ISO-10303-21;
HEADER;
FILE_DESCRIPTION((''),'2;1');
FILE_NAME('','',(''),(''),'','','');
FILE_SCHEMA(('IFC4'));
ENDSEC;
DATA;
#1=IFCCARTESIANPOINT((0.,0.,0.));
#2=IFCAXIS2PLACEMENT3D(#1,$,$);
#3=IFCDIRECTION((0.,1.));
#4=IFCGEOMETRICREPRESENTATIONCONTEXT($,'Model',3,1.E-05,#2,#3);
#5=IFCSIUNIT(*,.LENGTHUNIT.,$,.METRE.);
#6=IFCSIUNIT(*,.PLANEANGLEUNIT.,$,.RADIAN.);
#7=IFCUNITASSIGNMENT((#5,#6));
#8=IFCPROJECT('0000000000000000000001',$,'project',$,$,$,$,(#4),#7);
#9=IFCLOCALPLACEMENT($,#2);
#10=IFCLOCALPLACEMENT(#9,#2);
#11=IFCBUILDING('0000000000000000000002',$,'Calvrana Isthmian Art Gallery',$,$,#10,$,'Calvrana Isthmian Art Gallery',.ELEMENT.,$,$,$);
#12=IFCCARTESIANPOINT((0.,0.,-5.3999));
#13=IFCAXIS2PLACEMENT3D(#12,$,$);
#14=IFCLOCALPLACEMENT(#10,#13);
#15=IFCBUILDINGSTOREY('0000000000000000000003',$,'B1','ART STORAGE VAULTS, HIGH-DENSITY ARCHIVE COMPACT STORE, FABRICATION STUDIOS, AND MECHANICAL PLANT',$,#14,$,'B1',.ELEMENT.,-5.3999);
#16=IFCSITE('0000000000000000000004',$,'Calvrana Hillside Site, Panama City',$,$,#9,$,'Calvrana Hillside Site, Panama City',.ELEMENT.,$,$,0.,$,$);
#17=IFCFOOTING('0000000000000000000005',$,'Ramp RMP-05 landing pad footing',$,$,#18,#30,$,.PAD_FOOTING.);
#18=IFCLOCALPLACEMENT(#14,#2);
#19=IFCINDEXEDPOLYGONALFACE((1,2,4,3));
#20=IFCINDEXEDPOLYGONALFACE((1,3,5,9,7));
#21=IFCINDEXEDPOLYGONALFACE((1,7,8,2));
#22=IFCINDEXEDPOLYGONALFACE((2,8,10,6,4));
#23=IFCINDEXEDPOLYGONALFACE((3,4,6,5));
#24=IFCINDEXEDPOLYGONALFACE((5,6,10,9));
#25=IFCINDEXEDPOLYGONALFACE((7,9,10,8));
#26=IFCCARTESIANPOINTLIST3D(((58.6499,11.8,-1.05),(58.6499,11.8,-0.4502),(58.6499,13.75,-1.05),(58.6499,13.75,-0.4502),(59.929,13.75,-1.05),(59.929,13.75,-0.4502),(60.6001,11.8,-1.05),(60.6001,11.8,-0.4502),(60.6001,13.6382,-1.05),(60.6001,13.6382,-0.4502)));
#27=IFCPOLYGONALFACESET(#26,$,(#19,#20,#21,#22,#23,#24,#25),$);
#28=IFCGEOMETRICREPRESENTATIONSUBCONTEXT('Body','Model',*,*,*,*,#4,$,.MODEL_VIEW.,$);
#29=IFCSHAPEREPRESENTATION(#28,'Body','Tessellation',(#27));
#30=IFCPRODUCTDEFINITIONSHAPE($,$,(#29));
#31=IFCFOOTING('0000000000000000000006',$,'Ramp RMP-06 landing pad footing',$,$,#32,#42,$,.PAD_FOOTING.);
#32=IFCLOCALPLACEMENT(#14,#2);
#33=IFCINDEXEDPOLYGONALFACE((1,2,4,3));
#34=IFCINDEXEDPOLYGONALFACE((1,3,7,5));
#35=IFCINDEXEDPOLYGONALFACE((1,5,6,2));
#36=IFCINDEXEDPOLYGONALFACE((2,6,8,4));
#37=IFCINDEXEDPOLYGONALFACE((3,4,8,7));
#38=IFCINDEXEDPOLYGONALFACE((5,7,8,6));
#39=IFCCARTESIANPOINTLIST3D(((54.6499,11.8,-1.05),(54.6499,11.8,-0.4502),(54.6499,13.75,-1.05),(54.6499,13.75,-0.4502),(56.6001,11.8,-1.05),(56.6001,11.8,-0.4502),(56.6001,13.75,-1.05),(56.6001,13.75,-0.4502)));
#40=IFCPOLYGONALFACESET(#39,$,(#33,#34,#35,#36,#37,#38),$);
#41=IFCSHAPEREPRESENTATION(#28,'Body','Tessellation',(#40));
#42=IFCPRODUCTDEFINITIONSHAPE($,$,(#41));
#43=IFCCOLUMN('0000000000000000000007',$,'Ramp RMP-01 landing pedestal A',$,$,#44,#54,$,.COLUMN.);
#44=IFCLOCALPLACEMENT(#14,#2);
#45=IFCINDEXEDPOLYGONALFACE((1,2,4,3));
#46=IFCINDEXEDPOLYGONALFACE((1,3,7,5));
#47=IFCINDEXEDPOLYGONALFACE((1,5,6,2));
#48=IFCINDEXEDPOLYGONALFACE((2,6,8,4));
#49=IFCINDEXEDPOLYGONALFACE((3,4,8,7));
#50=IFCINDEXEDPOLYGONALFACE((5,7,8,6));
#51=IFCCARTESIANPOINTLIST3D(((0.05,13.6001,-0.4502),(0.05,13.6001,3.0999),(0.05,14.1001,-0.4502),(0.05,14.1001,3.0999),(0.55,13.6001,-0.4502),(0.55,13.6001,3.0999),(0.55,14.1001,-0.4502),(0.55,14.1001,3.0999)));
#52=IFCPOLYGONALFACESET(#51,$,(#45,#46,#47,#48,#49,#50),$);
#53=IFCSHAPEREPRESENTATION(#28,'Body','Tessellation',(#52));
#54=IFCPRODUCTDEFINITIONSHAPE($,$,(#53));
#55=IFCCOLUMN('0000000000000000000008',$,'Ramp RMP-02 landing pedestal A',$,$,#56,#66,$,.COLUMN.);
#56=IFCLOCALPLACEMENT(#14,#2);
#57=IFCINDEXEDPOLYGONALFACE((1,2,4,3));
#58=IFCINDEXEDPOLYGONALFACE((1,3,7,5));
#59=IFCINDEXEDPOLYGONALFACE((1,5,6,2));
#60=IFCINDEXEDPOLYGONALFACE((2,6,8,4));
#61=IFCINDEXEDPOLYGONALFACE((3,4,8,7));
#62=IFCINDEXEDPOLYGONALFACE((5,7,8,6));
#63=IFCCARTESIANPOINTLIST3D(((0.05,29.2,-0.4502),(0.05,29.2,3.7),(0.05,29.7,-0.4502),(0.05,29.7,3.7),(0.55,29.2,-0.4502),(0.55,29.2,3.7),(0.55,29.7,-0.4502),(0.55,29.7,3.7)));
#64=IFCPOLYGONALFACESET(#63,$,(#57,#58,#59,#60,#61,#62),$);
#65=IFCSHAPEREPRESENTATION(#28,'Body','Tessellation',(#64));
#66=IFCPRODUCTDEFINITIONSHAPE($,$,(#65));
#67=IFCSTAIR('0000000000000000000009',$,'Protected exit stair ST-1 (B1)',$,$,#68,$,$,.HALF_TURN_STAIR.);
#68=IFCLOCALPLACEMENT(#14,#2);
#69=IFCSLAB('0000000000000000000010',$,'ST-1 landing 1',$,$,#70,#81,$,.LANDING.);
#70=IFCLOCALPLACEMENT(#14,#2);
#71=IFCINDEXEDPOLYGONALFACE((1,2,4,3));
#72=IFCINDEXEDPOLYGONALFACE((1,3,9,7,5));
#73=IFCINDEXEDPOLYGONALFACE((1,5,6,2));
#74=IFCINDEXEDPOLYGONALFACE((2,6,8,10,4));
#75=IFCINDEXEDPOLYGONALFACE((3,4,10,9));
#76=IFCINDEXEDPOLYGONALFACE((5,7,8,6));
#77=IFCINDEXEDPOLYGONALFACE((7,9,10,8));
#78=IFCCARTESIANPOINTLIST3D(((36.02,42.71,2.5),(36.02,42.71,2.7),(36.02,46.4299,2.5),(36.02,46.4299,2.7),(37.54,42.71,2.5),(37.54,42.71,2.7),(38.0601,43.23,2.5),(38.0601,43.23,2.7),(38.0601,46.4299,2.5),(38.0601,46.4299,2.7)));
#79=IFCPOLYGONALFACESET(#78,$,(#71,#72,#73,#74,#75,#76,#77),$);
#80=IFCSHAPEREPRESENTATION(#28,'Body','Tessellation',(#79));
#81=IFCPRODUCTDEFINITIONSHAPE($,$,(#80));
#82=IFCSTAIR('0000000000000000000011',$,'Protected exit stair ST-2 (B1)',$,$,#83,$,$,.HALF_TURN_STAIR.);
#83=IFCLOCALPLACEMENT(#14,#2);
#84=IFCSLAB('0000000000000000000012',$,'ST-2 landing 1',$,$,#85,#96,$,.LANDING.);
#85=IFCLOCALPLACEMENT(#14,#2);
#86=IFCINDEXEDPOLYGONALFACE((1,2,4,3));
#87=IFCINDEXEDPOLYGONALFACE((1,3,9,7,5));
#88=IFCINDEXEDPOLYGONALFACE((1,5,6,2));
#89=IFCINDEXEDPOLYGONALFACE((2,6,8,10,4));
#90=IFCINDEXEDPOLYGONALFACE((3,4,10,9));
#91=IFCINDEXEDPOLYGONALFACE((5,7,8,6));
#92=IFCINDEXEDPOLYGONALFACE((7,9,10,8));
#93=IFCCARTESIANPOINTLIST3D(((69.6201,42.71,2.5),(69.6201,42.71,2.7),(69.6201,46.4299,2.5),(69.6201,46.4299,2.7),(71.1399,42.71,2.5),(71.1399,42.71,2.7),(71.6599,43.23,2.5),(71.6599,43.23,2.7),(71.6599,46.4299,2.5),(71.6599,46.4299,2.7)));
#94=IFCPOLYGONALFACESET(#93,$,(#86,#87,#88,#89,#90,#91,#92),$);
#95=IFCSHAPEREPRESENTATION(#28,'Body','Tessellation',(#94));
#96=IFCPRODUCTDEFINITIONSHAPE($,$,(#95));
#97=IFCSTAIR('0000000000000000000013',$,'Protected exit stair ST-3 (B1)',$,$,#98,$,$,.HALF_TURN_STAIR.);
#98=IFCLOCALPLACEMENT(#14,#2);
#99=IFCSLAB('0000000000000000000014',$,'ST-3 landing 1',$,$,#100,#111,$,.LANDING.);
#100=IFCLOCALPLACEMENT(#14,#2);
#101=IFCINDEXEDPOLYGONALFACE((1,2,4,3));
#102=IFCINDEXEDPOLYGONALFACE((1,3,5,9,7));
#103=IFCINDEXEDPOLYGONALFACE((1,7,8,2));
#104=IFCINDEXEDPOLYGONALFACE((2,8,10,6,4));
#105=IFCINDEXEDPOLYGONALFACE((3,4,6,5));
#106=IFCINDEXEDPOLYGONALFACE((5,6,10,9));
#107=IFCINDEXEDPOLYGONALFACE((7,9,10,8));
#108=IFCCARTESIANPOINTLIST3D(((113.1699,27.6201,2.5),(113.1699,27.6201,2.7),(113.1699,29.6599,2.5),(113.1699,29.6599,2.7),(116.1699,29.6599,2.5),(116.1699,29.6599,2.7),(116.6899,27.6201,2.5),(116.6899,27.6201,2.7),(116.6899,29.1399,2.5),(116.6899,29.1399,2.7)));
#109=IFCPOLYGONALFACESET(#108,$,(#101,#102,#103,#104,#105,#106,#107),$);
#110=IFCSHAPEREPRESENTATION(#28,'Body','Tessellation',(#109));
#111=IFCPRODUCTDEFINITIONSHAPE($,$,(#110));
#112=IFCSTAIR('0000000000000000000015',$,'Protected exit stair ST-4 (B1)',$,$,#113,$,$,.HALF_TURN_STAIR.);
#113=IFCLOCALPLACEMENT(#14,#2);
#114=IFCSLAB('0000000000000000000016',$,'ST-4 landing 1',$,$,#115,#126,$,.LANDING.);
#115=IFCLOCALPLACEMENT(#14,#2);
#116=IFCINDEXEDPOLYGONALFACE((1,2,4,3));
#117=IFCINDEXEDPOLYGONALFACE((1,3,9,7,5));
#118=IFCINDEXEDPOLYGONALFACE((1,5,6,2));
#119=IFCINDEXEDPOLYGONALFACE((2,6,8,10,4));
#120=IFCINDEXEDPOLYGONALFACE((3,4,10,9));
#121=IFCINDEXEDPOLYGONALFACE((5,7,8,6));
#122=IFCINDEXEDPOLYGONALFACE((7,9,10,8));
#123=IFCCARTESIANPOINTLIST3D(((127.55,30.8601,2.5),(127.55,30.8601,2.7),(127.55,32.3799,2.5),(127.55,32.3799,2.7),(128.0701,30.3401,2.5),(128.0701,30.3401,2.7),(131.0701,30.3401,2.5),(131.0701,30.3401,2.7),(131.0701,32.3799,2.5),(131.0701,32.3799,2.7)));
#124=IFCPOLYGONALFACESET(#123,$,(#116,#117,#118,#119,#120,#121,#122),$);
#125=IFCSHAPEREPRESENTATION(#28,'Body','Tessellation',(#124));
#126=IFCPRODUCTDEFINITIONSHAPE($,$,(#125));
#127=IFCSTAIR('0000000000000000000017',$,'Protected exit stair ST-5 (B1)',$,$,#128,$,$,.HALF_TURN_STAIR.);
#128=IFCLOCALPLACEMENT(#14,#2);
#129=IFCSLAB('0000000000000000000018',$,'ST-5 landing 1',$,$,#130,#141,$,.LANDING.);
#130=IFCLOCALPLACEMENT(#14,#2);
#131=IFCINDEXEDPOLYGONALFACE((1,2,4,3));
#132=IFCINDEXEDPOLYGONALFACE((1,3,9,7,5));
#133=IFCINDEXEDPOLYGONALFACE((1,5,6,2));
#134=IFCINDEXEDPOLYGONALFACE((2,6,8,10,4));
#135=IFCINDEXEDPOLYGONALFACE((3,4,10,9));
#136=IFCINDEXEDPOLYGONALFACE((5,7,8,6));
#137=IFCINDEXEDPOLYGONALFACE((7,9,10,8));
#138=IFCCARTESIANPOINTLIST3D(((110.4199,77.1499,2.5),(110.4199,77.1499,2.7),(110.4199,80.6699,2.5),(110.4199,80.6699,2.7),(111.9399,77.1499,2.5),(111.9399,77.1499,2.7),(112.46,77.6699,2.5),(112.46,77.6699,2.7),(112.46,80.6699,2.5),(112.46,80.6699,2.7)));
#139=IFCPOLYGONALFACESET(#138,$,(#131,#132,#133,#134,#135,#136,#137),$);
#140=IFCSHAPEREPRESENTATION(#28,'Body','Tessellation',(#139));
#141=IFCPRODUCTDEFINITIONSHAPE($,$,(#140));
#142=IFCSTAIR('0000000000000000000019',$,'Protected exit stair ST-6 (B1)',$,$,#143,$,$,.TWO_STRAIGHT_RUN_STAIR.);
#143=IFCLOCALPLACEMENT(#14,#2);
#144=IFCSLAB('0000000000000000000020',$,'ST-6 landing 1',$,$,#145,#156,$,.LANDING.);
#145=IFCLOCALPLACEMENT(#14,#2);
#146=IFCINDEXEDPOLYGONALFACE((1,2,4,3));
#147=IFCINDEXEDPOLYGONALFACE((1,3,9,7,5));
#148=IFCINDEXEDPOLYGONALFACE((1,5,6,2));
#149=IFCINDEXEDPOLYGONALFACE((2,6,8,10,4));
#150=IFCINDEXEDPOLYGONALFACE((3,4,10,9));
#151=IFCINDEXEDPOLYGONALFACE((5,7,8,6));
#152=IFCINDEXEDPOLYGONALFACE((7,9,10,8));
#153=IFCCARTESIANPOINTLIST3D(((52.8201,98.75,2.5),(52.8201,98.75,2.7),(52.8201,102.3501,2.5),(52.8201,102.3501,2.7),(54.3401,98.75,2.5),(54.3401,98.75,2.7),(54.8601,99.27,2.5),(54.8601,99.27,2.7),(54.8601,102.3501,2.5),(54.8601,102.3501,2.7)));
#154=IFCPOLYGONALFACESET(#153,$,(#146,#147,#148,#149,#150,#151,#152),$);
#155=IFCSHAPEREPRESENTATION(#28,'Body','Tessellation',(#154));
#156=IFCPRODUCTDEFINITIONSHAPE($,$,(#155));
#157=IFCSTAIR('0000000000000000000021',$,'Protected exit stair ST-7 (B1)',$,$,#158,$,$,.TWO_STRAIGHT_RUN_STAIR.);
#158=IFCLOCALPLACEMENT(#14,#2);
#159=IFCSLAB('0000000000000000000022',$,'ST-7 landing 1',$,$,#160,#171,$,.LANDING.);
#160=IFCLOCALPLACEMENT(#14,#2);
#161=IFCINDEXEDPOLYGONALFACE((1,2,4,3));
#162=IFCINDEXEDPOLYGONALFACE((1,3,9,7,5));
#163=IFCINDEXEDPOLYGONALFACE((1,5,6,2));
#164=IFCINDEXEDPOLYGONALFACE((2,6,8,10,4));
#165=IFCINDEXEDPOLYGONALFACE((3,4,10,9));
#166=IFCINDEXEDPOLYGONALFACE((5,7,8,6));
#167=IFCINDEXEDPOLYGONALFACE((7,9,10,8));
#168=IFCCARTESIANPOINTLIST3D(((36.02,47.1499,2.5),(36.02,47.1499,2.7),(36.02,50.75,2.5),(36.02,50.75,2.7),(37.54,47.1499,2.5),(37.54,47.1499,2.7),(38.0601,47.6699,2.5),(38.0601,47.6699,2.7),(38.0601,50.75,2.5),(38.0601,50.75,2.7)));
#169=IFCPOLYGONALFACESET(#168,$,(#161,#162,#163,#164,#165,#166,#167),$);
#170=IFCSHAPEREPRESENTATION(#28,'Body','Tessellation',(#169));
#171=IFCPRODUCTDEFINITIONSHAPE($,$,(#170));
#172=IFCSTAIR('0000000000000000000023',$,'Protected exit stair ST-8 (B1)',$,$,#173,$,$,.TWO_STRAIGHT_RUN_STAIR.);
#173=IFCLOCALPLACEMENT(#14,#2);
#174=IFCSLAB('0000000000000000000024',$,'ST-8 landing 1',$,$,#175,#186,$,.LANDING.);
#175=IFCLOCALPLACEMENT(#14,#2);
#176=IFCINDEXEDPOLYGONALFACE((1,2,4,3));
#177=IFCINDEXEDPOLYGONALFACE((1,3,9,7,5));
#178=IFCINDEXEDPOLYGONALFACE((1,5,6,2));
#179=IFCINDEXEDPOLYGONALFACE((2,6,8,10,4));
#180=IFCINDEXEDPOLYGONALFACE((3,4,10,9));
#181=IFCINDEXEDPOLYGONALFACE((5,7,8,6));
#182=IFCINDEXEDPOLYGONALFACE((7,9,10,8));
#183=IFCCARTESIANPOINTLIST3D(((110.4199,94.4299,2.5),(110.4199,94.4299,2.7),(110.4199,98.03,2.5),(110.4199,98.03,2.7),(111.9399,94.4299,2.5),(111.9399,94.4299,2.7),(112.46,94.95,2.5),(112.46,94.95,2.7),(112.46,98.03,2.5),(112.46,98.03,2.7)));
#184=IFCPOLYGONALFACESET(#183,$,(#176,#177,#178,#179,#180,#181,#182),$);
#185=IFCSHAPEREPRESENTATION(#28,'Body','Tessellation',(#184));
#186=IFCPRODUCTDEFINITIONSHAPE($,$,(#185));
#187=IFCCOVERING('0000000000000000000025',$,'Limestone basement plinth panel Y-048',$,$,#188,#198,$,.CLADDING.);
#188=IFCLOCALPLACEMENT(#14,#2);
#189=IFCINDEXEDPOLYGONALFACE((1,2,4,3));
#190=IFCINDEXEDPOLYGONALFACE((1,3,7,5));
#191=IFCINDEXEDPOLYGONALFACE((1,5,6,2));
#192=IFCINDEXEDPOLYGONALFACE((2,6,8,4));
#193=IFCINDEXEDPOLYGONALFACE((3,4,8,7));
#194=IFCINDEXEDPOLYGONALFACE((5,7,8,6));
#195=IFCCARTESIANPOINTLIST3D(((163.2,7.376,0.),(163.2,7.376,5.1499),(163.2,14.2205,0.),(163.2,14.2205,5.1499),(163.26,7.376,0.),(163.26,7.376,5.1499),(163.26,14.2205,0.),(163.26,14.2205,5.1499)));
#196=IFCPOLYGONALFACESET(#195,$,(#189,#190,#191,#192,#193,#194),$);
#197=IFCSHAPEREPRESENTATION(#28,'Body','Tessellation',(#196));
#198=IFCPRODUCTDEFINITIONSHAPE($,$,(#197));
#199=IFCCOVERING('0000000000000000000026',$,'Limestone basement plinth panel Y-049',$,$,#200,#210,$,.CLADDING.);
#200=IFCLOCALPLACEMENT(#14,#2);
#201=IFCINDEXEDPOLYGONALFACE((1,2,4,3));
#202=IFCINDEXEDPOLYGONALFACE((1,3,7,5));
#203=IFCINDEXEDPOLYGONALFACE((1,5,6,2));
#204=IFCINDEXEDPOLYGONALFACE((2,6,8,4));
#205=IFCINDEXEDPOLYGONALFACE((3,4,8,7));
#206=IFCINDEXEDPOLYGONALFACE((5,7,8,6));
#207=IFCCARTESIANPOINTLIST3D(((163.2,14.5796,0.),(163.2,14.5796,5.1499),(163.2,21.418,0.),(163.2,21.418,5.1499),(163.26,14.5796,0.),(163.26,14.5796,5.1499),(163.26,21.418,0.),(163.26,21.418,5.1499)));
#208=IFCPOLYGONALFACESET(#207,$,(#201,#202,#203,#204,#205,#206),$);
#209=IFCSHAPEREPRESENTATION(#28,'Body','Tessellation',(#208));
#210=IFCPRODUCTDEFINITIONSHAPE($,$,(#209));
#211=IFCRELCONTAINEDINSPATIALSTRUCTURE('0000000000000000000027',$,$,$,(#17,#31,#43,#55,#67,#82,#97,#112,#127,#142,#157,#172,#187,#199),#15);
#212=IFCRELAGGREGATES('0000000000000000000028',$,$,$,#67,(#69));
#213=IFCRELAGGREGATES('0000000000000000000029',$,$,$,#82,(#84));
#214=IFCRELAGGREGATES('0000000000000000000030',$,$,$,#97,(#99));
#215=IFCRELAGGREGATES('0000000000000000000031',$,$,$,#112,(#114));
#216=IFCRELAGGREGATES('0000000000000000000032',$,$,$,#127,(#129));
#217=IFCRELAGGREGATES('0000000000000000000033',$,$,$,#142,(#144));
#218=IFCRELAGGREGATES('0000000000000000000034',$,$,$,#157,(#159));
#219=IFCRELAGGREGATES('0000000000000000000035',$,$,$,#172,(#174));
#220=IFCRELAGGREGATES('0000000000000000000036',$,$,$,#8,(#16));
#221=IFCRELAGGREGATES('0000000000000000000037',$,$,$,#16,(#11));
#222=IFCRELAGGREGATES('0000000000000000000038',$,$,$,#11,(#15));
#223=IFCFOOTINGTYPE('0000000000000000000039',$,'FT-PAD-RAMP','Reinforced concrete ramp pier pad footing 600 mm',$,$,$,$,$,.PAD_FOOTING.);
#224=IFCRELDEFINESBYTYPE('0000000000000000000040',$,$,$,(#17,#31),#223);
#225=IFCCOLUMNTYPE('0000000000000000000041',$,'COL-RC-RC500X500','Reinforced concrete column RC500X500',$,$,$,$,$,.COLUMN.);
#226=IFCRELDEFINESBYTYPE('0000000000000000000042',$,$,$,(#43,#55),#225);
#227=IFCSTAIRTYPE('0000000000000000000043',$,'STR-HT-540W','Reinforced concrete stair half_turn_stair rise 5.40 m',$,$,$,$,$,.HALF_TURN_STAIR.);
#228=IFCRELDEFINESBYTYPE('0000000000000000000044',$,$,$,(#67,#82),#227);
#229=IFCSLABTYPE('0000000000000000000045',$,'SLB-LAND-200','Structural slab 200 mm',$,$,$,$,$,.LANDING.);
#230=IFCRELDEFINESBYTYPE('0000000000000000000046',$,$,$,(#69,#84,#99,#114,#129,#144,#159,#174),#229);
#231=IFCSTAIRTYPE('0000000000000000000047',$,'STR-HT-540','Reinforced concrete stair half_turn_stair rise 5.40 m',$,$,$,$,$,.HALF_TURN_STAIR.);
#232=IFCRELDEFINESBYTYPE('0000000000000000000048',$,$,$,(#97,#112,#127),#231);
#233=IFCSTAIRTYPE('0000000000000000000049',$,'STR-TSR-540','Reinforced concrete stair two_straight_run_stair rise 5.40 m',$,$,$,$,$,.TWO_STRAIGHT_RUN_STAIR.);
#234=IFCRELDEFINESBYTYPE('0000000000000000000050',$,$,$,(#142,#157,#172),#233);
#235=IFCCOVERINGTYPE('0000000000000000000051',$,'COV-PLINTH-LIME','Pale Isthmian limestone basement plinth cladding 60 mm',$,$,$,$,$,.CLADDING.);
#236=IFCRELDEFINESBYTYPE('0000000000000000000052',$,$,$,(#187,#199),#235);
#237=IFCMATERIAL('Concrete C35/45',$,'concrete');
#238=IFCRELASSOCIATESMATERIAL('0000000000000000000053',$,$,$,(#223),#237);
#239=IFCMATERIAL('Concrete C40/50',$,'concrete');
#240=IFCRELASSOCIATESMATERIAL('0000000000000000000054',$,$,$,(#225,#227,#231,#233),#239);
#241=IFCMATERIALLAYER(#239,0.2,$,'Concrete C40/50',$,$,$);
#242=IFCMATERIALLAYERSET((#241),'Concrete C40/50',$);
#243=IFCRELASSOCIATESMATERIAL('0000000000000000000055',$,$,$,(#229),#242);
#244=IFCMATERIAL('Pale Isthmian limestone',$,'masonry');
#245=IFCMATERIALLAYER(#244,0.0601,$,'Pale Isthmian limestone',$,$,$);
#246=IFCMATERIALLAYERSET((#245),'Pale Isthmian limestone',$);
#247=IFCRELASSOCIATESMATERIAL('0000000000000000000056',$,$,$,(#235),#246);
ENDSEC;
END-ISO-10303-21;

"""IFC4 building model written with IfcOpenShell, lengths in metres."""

from ifc_helpers import new_model, si_unit, direction, frame, origin, origin_2d, place, context, subcontext, project, spatial, polyline, rectangle, outline, extrude, material, layer, layer_set, material_profile, profile_set, type_object, element, aggregate, save


model = new_model("IFC4")

# Units and contexts
model_context = context("Model", 3, precision=1e-05, world=origin(), true_north=direction((0.0, 1.0)))
body_context = subcontext(model_context, "Body", "Model", "MODEL_VIEW")
ifc_project = project(units=[si_unit("LENGTHUNIT", "METRE"), si_unit("PLANEANGLEUNIT", "RADIAN")], contexts=[model_context])

# Site, building, storey
site_placement = place(None, origin())
site = spatial("IfcSite", under=ifc_project, at=site_placement, Name="Calvrana Hillside Site, Panama City", LongName="Calvrana Hillside Site, Panama City", CompositionType="ELEMENT", RefElevation=0.0)
building_placement = place(site_placement, origin())
building = spatial("IfcBuilding", under=site, at=building_placement, Name="Calvrana Isthmian Art Gallery", LongName="Calvrana Isthmian Art Gallery", CompositionType="ELEMENT")
storey_placement = place(building_placement, frame((0.0, 0.0, -5.3999)))
storey = spatial("IfcBuildingStorey", under=building, at=storey_placement, Name="B1", Description="ART STORAGE VAULTS, HIGH-DENSITY ARCHIVE COMPACT STORE, FABRICATION STUDIOS, AND MECHANICAL PLANT", LongName="B1", CompositionType="ELEMENT", Elevation=-5.3999)

# Footings
ifc_material_1 = material(Name="Concrete C40/50", Category="concrete")
ifc_material_2 = material(Name="Concrete C35/45", Category="concrete")
footing_type_1 = type_object("IfcFootingType", Name="FT-PAD-RAMP", Description="Reinforced concrete ramp pier pad footing 600 mm", PredefinedType="PAD_FOOTING", material=ifc_material_2)
footing_1_placement = place(storey_placement, frame((0.0, 0.0, -1.05)))
element("IfcFooting", 1, at=footing_1_placement, inside=storey, type_object=footing_type_1, Name="Ramp RMP-05 landing pad footing", PredefinedType="PAD_FOOTING", context=body_context, shape_type="SweptSolid", body=[
    extrude(outline(polyline([(60.6001, 11.8), (58.6499, 11.8), (58.6499, 13.75), (59.929, 13.75), (60.6001, 13.6382), (60.6001, 11.8)])), origin(), (0.0, 0.0, 1.0), 0.5999),
])
footing_2_placement = place(storey_placement, frame((0.0, 0.0, -1.05)))
element("IfcFooting", 2, at=footing_2_placement, inside=storey, type_object=footing_type_1, Name="Ramp RMP-06 landing pad footing", PredefinedType="PAD_FOOTING", context=body_context, shape_type="SweptSolid", body=[
    extrude(outline(polyline([(56.6001, 11.8), (56.6001, 13.75), (54.6499, 13.75), (54.6499, 11.8), (56.6001, 11.8)])), origin(), (0.0, 0.0, 1.0), 0.5999),
])

# Columns
ifc_material_profile = material_profile(ifc_material_1, rectangle(XDim=0.5, YDim=0.5, at=origin_2d()), Name="RC500X500")
ifc_profile_set = profile_set([ifc_material_profile], Name="Concrete C40/50")
column_type = type_object("IfcColumnType", Name="COL-RC-RC500X500", Description="Reinforced concrete column RC500X500", PredefinedType="COLUMN", material=ifc_profile_set)
column_1_placement = place(storey_placement, frame((0.3, 13.8501, -0.4502), z_axis=(0.0, 0.0, 1.0), x_axis=(1.0, 0.0, 0.0)))
element("IfcColumn", 3, at=column_1_placement, inside=storey, type_object=column_type, Name="Ramp RMP-01 landing pedestal A", PredefinedType="COLUMN", context=body_context, shape_type="SweptSolid", body=[
    extrude(rectangle(XDim=0.5, YDim=0.5, at=origin_2d()), origin(), (0.0, 0.0, 1.0), 3.55),
])
column_2_placement = place(storey_placement, frame((0.3, 29.45, -0.4502), z_axis=(0.0, 0.0, 1.0), x_axis=(1.0, 0.0, 0.0)))
element("IfcColumn", 4, at=column_2_placement, inside=storey, type_object=column_type, Name="Ramp RMP-02 landing pedestal A", PredefinedType="COLUMN", context=body_context, shape_type="SweptSolid", body=[
    extrude(rectangle(XDim=0.5, YDim=0.5, at=origin_2d()), origin(), (0.0, 0.0, 1.0), 4.1501),
])

# Stairs, slabs
stair_type_1 = type_object("IfcStairType", Name="STR-HT-540W", Description="Reinforced concrete stair half_turn_stair rise 5.40 m", PredefinedType="HALF_TURN_STAIR", material=ifc_material_1)
stair_1_placement = place(storey_placement, origin())
stair_1 = element("IfcStair", 5, at=stair_1_placement, inside=storey, type_object=stair_type_1, Name="Protected exit stair ST-1 (B1)", PredefinedType="HALF_TURN_STAIR")
ifc_layer_1 = layer(ifc_material_1, 0.2, Name="Concrete C40/50")
ifc_layer_set_1 = layer_set([ifc_layer_1], Name="Concrete C40/50")
slab_type = type_object("IfcSlabType", Name="SLB-LAND-200", Description="Structural slab 200 mm", PredefinedType="LANDING", material=ifc_layer_set_1)
slab_1_placement = place(storey_placement, frame((0.0, 0.0, 2.5)))
slab_1 = element("IfcSlab", 6, at=slab_1_placement, type_object=slab_type, Name="ST-1 landing 1", PredefinedType="LANDING", context=body_context, shape_type="SweptSolid", body=[
    extrude(outline(polyline([(36.02, 42.71), (37.54, 42.71), (38.0601, 43.23), (38.0601, 46.4299), (36.02, 46.4299), (36.02, 42.71)])), origin(), (0.0, 0.0, 1.0), 0.2),
])
aggregate(stair_1, [slab_1])
stair_2_placement = place(storey_placement, origin())
stair_2 = element("IfcStair", 7, at=stair_2_placement, inside=storey, type_object=stair_type_1, Name="Protected exit stair ST-2 (B1)", PredefinedType="HALF_TURN_STAIR")
slab_2_placement = place(storey_placement, frame((0.0, 0.0, 2.5)))
slab_2 = element("IfcSlab", 8, at=slab_2_placement, type_object=slab_type, Name="ST-2 landing 1", PredefinedType="LANDING", context=body_context, shape_type="SweptSolid", body=[
    extrude(outline(polyline([(69.6201, 42.71), (71.1399, 42.71), (71.6599, 43.23), (71.6599, 46.4299), (69.6201, 46.4299), (69.6201, 42.71)])), origin(), (0.0, 0.0, 1.0), 0.2),
])
aggregate(stair_2, [slab_2])
stair_type_2 = type_object("IfcStairType", Name="STR-HT-540", Description="Reinforced concrete stair half_turn_stair rise 5.40 m", PredefinedType="HALF_TURN_STAIR", material=ifc_material_1)
stair_3_placement = place(storey_placement, origin())
stair_3 = element("IfcStair", 9, at=stair_3_placement, inside=storey, type_object=stair_type_2, Name="Protected exit stair ST-3 (B1)", PredefinedType="HALF_TURN_STAIR")
slab_3_placement = place(storey_placement, frame((0.0, 0.0, 2.5)))
slab_3 = element("IfcSlab", 10, at=slab_3_placement, type_object=slab_type, Name="ST-3 landing 1", PredefinedType="LANDING", context=body_context, shape_type="SweptSolid", body=[
    extrude(outline(polyline([(116.6899, 27.6201), (116.6899, 29.1399), (116.1699, 29.6599), (113.1699, 29.6599), (113.1699, 27.6201), (116.6899, 27.6201)])), origin(), (0.0, 0.0, 1.0), 0.2),
])
aggregate(stair_3, [slab_3])
stair_4_placement = place(storey_placement, origin())
stair_4 = element("IfcStair", 11, at=stair_4_placement, inside=storey, type_object=stair_type_2, Name="Protected exit stair ST-4 (B1)", PredefinedType="HALF_TURN_STAIR")
slab_4_placement = place(storey_placement, frame((0.0, 0.0, 2.5)))
slab_4 = element("IfcSlab", 12, at=slab_4_placement, type_object=slab_type, Name="ST-4 landing 1", PredefinedType="LANDING", context=body_context, shape_type="SweptSolid", body=[
    extrude(outline(polyline([(127.55, 32.3799), (127.55, 30.8601), (128.0701, 30.3401), (131.0701, 30.3401), (131.0701, 32.3799), (127.55, 32.3799)])), origin(), (0.0, 0.0, 1.0), 0.2),
])
aggregate(stair_4, [slab_4])
stair_5_placement = place(storey_placement, origin())
stair_5 = element("IfcStair", 13, at=stair_5_placement, inside=storey, type_object=stair_type_2, Name="Protected exit stair ST-5 (B1)", PredefinedType="HALF_TURN_STAIR")
slab_5_placement = place(storey_placement, frame((0.0, 0.0, 2.5)))
slab_5 = element("IfcSlab", 14, at=slab_5_placement, type_object=slab_type, Name="ST-5 landing 1", PredefinedType="LANDING", context=body_context, shape_type="SweptSolid", body=[
    extrude(outline(polyline([(110.4199, 77.1499), (111.9399, 77.1499), (112.46, 77.6699), (112.46, 80.6699), (110.4199, 80.6699), (110.4199, 77.1499)])), origin(), (0.0, 0.0, 1.0), 0.2),
])
aggregate(stair_5, [slab_5])
stair_type_3 = type_object("IfcStairType", Name="STR-TSR-540", Description="Reinforced concrete stair two_straight_run_stair rise 5.40 m", PredefinedType="TWO_STRAIGHT_RUN_STAIR", material=ifc_material_1)
stair_6_placement = place(storey_placement, origin())
stair_6 = element("IfcStair", 15, at=stair_6_placement, inside=storey, type_object=stair_type_3, Name="Protected exit stair ST-6 (B1)", PredefinedType="TWO_STRAIGHT_RUN_STAIR")
slab_6_placement = place(storey_placement, frame((0.0, 0.0, 2.5)))
slab_6 = element("IfcSlab", 16, at=slab_6_placement, type_object=slab_type, Name="ST-6 landing 1", PredefinedType="LANDING", context=body_context, shape_type="SweptSolid", body=[
    extrude(outline(polyline([(52.8201, 98.75), (54.3401, 98.75), (54.8601, 99.27), (54.8601, 102.3501), (52.8201, 102.3501), (52.8201, 98.75)])), origin(), (0.0, 0.0, 1.0), 0.2),
])
aggregate(stair_6, [slab_6])
stair_7_placement = place(storey_placement, origin())
stair_7 = element("IfcStair", 17, at=stair_7_placement, inside=storey, type_object=stair_type_3, Name="Protected exit stair ST-7 (B1)", PredefinedType="TWO_STRAIGHT_RUN_STAIR")
slab_7_placement = place(storey_placement, frame((0.0, 0.0, 2.5)))
slab_7 = element("IfcSlab", 18, at=slab_7_placement, type_object=slab_type, Name="ST-7 landing 1", PredefinedType="LANDING", context=body_context, shape_type="SweptSolid", body=[
    extrude(outline(polyline([(36.02, 47.1499), (37.54, 47.1499), (38.0601, 47.6699), (38.0601, 50.75), (36.02, 50.75), (36.02, 47.1499)])), origin(), (0.0, 0.0, 1.0), 0.2),
])
aggregate(stair_7, [slab_7])
stair_8_placement = place(storey_placement, origin())
stair_8 = element("IfcStair", 19, at=stair_8_placement, inside=storey, type_object=stair_type_3, Name="Protected exit stair ST-8 (B1)", PredefinedType="TWO_STRAIGHT_RUN_STAIR")
slab_8_placement = place(storey_placement, frame((0.0, 0.0, 2.5)))
slab_8 = element("IfcSlab", 20, at=slab_8_placement, type_object=slab_type, Name="ST-8 landing 1", PredefinedType="LANDING", context=body_context, shape_type="SweptSolid", body=[
    extrude(outline(polyline([(110.4199, 94.4299), (111.9399, 94.4299), (112.46, 94.95), (112.46, 98.03), (110.4199, 98.03), (110.4199, 94.4299)])), origin(), (0.0, 0.0, 1.0), 0.2),
])
aggregate(stair_8, [slab_8])

# Coverings
ifc_material_3 = material(Name="Pale Isthmian limestone", Category="masonry")
ifc_layer_2 = layer(ifc_material_3, 0.0601, Name="Pale Isthmian limestone")
ifc_layer_set_2 = layer_set([ifc_layer_2], Name="Pale Isthmian limestone")
covering_type = type_object("IfcCoveringType", Name="COV-PLINTH-LIME", Description="Pale Isthmian limestone basement plinth cladding 60 mm", PredefinedType="CLADDING", material=ifc_layer_set_2)
covering_1_placement = place(storey_placement, origin())
element("IfcCovering", 21, at=covering_1_placement, inside=storey, type_object=covering_type, Name="Limestone basement plinth panel Y-048", PredefinedType="CLADDING", context=body_context, shape_type="SweptSolid", body=[
    extrude(outline(polyline([(163.2, 7.376), (163.26, 7.376), (163.26, 14.2205), (163.2, 14.2205), (163.2, 7.376)])), origin(), (0.0, 0.0, 1.0), 5.1499),
])
covering_2_placement = place(storey_placement, origin())
element("IfcCovering", 22, at=covering_2_placement, inside=storey, type_object=covering_type, Name="Limestone basement plinth panel Y-049", PredefinedType="CLADDING", context=body_context, shape_type="SweptSolid", body=[
    extrude(outline(polyline([(163.2, 14.5796), (163.26, 14.5796), (163.26, 21.418), (163.2, 21.418), (163.2, 14.5796)])), origin(), (0.0, 0.0, 1.0), 5.1499),
])

save(model, "model.ifc")
